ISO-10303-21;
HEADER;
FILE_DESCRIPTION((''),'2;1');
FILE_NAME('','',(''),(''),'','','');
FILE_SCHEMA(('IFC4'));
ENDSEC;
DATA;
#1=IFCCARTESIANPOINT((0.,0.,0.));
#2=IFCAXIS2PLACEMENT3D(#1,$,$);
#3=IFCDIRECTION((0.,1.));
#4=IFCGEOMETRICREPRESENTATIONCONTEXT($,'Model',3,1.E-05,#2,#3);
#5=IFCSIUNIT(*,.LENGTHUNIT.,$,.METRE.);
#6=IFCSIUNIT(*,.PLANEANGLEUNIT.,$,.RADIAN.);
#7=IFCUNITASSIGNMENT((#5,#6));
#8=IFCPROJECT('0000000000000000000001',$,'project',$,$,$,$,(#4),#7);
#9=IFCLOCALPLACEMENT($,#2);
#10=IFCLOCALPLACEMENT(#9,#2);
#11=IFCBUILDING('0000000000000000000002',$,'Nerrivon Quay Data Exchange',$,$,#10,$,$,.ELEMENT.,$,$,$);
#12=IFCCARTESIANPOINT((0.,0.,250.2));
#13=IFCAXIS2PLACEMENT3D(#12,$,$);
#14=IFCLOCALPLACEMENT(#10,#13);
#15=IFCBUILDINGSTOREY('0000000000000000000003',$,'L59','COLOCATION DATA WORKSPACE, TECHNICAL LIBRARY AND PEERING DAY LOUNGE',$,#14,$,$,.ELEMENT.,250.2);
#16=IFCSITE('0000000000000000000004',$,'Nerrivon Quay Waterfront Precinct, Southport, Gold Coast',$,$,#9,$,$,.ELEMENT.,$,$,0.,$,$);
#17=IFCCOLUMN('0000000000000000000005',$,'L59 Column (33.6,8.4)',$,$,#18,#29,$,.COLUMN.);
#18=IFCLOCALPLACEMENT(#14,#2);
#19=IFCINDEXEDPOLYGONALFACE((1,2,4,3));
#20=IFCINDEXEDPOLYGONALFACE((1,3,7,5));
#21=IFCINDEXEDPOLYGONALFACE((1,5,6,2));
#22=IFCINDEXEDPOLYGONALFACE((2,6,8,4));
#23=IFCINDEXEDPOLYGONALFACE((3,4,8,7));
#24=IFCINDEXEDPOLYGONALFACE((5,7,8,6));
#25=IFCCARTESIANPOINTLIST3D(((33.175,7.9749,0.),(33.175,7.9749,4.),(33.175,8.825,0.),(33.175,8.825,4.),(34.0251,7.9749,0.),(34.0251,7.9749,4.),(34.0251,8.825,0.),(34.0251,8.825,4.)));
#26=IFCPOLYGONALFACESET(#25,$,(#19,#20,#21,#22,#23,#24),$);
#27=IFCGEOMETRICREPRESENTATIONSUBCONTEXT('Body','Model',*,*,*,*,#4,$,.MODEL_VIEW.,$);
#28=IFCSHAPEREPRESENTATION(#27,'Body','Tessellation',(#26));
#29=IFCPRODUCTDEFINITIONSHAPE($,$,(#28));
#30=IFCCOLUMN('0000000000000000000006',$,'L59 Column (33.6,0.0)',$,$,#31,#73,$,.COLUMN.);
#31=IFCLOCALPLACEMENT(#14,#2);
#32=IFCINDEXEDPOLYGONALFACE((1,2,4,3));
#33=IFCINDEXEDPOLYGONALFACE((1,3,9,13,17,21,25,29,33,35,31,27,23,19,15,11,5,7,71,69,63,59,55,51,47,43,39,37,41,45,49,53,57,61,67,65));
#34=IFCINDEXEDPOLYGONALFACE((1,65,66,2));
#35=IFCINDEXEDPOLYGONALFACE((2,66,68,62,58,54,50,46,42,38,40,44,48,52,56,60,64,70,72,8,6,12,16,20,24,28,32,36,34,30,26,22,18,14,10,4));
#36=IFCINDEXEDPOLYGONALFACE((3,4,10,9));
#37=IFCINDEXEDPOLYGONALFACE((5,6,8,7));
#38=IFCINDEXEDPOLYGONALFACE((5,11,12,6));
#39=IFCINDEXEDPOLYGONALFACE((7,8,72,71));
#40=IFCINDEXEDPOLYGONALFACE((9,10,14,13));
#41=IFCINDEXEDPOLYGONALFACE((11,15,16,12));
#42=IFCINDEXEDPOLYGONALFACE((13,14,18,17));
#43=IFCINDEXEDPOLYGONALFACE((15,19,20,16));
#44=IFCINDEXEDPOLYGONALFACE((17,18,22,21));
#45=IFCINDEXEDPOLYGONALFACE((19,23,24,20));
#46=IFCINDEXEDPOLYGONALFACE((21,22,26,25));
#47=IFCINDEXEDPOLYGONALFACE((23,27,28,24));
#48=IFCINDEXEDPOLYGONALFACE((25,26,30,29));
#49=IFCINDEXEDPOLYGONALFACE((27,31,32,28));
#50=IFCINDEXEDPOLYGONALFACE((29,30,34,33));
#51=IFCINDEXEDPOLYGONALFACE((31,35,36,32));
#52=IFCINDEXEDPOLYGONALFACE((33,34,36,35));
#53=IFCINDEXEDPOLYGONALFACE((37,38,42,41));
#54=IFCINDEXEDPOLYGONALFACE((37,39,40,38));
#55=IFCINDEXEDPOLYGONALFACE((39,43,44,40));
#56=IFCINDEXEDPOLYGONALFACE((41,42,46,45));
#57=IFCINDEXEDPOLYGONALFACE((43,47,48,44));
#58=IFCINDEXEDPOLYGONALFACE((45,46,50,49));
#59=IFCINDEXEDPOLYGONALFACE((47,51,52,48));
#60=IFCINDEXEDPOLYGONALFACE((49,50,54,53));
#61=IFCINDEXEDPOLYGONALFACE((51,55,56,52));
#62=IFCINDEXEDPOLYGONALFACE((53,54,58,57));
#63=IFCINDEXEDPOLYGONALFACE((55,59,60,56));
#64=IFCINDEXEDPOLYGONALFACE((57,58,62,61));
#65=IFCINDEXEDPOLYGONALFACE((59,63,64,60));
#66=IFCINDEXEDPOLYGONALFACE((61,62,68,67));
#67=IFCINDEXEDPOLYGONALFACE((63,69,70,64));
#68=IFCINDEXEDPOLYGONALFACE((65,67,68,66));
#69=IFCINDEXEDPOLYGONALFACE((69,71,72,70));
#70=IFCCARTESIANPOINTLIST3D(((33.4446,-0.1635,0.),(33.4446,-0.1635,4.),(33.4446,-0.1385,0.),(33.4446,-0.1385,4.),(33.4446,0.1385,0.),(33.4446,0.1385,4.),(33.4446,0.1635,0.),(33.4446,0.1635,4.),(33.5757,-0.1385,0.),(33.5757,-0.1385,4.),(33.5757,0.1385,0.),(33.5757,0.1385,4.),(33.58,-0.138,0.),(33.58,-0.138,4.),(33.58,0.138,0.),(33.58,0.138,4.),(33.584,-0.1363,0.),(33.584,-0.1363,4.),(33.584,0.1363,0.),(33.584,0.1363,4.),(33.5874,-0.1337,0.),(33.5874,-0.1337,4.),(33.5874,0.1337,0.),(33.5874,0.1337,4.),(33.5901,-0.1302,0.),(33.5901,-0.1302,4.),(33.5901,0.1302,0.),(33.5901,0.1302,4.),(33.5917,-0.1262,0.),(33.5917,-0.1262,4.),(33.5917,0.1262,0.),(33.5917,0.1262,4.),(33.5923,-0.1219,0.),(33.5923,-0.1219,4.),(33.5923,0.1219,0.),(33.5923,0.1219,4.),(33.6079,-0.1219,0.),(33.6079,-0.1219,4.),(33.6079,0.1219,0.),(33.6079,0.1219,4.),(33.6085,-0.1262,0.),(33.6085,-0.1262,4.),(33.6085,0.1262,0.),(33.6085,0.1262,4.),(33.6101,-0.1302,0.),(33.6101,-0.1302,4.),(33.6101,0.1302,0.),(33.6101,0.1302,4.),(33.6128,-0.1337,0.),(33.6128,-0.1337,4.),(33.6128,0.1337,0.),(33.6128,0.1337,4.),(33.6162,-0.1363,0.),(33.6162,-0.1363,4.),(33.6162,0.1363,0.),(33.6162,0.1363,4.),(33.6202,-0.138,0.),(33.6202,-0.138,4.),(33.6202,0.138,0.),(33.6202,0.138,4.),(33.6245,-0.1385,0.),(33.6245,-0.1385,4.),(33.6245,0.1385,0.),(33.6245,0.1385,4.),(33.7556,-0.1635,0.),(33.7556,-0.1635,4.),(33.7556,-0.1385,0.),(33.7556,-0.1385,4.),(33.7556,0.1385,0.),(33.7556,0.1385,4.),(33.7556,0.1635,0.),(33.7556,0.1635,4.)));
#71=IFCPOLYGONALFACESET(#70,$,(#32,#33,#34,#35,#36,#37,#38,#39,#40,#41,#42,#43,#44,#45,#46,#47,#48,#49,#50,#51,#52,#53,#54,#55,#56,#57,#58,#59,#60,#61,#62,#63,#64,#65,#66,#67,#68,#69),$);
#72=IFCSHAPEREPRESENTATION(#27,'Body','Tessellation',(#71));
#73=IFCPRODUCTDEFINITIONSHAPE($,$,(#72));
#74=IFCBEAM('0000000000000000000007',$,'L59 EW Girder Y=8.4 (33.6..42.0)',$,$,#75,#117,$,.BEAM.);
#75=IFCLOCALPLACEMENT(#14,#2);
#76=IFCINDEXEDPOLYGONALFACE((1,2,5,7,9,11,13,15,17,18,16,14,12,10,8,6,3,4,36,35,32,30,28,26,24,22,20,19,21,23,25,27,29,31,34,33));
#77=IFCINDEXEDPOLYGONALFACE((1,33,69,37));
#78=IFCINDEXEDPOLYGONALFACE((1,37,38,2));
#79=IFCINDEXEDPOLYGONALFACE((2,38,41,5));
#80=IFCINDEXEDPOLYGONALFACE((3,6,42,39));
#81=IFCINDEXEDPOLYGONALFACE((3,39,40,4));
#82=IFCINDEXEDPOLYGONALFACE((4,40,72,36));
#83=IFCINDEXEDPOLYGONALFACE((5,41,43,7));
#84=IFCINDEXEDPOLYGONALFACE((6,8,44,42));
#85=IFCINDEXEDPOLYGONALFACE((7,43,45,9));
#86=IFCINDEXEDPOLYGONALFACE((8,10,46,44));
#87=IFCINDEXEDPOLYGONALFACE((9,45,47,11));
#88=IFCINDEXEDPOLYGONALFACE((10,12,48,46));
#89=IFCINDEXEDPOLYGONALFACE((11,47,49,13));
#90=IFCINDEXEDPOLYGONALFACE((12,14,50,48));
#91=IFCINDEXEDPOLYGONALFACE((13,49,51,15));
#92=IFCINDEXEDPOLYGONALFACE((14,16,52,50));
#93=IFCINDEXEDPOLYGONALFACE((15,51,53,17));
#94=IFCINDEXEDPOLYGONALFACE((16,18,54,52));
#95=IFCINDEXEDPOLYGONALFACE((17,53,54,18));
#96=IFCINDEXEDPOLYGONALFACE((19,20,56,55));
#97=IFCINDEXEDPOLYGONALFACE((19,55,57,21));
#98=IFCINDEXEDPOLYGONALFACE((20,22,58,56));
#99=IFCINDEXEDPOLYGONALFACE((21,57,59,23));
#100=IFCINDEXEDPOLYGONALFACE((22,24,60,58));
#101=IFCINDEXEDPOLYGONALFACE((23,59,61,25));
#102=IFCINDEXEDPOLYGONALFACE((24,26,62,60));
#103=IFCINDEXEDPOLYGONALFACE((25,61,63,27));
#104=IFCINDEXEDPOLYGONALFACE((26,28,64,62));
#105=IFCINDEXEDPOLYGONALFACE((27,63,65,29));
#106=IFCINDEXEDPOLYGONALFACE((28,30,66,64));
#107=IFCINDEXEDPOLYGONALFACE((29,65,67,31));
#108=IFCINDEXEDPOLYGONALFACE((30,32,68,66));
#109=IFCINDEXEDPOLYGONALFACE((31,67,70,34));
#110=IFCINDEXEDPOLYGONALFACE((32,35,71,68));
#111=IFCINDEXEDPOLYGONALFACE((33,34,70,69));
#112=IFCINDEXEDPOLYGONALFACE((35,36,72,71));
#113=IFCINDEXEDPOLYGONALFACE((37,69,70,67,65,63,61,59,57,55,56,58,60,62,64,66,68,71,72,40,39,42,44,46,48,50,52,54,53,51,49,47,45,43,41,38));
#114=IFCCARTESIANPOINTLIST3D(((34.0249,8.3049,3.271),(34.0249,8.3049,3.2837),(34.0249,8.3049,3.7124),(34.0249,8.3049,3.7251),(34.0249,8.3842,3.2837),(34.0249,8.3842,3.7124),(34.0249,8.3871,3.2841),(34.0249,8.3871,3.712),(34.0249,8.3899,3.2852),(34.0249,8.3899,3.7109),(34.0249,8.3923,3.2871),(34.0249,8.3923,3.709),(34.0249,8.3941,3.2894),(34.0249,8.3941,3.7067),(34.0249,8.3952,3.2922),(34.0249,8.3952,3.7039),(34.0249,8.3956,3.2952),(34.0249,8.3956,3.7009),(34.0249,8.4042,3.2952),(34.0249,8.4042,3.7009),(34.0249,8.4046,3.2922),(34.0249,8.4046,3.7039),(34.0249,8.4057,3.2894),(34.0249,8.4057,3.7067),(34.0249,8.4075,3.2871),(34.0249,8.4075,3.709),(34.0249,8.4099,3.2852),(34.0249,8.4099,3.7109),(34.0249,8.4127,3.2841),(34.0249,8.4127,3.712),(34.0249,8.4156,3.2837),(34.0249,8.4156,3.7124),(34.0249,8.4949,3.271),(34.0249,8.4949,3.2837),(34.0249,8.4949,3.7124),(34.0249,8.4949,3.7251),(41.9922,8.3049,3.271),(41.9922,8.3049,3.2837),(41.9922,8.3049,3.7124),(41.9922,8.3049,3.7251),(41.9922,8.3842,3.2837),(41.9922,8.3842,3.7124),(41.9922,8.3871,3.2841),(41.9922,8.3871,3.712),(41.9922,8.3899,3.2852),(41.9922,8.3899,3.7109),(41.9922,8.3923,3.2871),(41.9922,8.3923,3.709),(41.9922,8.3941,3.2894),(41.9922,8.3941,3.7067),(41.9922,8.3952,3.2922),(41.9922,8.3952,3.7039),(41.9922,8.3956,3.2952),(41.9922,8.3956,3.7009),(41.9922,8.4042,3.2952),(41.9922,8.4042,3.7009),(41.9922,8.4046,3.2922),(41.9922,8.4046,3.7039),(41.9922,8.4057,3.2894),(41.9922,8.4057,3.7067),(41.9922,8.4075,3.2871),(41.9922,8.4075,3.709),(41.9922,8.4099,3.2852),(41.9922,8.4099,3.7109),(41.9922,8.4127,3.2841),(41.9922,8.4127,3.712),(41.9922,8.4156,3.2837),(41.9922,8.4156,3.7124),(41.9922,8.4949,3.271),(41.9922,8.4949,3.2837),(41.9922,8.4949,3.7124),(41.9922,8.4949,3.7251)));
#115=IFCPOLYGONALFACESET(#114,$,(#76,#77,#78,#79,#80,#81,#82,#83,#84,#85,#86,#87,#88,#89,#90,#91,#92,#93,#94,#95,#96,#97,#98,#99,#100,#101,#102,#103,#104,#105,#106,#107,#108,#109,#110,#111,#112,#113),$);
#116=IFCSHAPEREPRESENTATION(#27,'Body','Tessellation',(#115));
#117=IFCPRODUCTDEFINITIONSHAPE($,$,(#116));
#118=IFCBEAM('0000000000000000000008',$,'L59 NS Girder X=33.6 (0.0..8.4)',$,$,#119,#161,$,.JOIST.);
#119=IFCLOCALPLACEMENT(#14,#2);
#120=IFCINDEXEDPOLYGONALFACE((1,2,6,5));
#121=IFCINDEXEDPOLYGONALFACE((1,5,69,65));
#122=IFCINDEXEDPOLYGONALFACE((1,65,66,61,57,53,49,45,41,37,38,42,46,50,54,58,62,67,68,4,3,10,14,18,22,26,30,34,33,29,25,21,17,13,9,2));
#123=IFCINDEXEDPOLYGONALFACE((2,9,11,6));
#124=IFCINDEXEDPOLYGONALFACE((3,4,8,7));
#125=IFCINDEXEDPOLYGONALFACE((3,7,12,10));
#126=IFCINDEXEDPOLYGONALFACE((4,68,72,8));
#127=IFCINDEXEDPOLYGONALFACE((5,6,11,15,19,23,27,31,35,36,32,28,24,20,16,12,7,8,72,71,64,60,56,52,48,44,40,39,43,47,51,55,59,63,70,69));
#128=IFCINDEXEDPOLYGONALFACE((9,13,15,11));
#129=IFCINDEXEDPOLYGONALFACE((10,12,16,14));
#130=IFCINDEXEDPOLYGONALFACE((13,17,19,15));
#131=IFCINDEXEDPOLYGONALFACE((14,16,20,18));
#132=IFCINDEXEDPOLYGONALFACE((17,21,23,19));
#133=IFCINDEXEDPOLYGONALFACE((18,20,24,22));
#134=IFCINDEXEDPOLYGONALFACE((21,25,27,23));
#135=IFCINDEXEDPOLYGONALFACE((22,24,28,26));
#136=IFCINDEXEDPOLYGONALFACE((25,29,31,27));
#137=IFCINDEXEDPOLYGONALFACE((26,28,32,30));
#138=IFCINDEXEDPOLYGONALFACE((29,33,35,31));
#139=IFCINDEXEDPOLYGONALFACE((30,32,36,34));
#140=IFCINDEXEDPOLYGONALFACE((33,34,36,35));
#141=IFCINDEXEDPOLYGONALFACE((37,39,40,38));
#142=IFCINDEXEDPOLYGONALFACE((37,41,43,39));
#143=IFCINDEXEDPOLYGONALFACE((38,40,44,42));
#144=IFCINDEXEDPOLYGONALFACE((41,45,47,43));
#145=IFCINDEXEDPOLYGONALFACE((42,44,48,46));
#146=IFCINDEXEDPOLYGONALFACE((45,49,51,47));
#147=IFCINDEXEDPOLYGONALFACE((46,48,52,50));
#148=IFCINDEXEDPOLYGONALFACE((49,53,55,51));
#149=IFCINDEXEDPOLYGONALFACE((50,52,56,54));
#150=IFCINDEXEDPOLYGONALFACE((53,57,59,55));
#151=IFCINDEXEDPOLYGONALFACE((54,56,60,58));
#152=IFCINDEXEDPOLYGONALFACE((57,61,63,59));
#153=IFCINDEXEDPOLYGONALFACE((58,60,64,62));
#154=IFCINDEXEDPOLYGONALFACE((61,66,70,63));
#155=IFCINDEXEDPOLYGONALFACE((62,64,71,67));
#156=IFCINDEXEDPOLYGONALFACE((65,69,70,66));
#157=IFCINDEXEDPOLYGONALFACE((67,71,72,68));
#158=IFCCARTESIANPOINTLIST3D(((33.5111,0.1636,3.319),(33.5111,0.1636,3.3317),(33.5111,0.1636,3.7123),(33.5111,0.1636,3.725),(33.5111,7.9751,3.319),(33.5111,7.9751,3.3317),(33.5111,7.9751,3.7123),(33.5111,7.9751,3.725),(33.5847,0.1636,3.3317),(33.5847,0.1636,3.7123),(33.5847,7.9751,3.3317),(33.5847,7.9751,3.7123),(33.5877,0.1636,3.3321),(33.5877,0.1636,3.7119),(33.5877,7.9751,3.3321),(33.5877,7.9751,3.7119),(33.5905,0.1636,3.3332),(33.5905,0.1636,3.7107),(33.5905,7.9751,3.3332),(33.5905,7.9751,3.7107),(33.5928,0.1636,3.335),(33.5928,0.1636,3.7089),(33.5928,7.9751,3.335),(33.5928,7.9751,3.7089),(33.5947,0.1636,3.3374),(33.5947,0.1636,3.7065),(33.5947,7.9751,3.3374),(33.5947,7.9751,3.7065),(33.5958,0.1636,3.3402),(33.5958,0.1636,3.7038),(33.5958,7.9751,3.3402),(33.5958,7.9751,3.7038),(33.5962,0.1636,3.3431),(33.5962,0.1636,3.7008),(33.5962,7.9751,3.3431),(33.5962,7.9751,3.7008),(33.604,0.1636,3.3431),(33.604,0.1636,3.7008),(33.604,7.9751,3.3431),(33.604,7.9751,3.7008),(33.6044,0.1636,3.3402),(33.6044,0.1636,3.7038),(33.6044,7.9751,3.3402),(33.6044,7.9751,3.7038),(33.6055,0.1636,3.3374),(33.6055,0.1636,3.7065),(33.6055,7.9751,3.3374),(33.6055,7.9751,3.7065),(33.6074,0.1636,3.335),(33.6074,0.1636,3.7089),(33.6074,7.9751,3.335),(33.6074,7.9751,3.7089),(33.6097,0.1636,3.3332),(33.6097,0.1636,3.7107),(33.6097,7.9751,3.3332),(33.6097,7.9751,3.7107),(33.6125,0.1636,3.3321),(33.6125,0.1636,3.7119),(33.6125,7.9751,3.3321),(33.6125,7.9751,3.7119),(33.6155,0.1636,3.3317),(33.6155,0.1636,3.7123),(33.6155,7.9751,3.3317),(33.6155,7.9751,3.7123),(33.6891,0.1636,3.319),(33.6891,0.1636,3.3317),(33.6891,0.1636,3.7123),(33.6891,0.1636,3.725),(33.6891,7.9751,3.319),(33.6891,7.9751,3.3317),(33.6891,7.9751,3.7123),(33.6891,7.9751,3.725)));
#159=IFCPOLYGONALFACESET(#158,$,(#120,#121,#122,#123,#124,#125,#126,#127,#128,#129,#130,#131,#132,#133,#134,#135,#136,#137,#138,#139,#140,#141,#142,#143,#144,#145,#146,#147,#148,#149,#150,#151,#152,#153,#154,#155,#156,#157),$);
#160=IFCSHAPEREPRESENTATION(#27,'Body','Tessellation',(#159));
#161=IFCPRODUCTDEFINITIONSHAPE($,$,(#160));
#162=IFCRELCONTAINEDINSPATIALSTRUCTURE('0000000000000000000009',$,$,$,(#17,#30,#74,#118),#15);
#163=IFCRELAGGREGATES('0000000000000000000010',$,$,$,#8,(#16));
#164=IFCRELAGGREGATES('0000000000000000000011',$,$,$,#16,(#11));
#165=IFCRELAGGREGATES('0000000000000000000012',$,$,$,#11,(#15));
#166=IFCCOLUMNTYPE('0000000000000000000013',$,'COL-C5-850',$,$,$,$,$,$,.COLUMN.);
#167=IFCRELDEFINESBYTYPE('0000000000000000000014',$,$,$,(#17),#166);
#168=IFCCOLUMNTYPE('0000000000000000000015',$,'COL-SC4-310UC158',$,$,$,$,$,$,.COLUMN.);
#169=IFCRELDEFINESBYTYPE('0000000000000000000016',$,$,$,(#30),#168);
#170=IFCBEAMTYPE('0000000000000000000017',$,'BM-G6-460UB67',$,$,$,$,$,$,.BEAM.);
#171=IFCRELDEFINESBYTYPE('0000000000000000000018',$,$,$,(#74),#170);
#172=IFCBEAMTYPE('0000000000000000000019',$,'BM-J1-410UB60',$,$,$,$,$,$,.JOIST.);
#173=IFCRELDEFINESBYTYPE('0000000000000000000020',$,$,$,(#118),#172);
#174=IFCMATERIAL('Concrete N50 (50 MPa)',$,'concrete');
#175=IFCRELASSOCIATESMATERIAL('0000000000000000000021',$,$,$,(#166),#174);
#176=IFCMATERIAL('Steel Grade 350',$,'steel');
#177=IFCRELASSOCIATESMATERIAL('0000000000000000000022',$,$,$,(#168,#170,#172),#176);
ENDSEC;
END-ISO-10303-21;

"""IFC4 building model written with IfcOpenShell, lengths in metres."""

from ifc_helpers import new_model, si_unit, direction, frame, origin, origin_2d, place, context, subcontext, project, spatial, rectangle, i_section, extrude, material, material_profile, profile_set, type_object, element, save


model = new_model("IFC4")

# Units and contexts
model_context = context("Model", 3, precision=1e-05, world=origin(), true_north=direction((0.0, 1.0)))
body_context = subcontext(model_context, "Body", "Model", "MODEL_VIEW")
ifc_project = project(units=[si_unit("LENGTHUNIT", "METRE"), si_unit("PLANEANGLEUNIT", "RADIAN")], contexts=[model_context])

# Site, building, storey
site_placement = place(None, origin())
site = spatial("IfcSite", under=ifc_project, at=site_placement, Name="Nerrivon Quay Waterfront Precinct, Southport, Gold Coast", CompositionType="ELEMENT", RefElevation=0.0)
building_placement = place(site_placement, origin())
building = spatial("IfcBuilding", under=site, at=building_placement, Name="Nerrivon Quay Data Exchange", CompositionType="ELEMENT")
storey_placement = place(building_placement, frame((0.0, 0.0, 250.2)))
storey = spatial("IfcBuildingStorey", under=building, at=storey_placement, Name="L59", Description="COLOCATION DATA WORKSPACE, TECHNICAL LIBRARY AND PEERING DAY LOUNGE", CompositionType="ELEMENT", Elevation=250.2)

# Columns
ifc_material_1 = material(Name="Concrete N50 (50 MPa)", Category="concrete")
ifc_material_profile_1 = material_profile(ifc_material_1, rectangle(XDim=0.8501, YDim=0.8501, at=origin_2d()), Name="RC-COL-850x850")
ifc_profile_set_1 = profile_set([ifc_material_profile_1], Name="Concrete N50 (50 MPa)")
column_type_1 = type_object("IfcColumnType", Name="COL-C5-850", PredefinedType="COLUMN", material=ifc_profile_set_1)
column_1_placement = place(storey_placement, frame((33.6001, 8.3999, 0.0), z_axis=(0.0, 0.0, 1.0), x_axis=(1.0, 0.0, 0.0)))
element("IfcColumn", 1, at=column_1_placement, inside=storey, type_object=column_type_1, Name="L59 Column (33.6,8.4)", PredefinedType="COLUMN", context=body_context, shape_type="SweptSolid", body=[
    extrude(rectangle(XDim=0.8501, YDim=0.8501, at=origin_2d()), origin(), (0.0, 0.0, 1.0), 4.0),
])
ifc_material_2 = material(Name="Steel Grade 350", Category="steel")
ifc_material_profile_2 = material_profile(ifc_material_2, i_section(OverallWidth=0.311, OverallDepth=0.3269, WebThickness=0.0156, FlangeThickness=0.0249, FilletRadius=0.0166, at=origin_2d()), Name="310UC158")
ifc_profile_set_2 = profile_set([ifc_material_profile_2], Name="Steel Grade 350")
column_type_2 = type_object("IfcColumnType", Name="COL-SC4-310UC158", PredefinedType="COLUMN", material=ifc_profile_set_2)
column_2_placement = place(storey_placement, frame((33.6001, 0.0, 0.0), z_axis=(0.0, 0.0, 1.0), x_axis=(1.0, 0.0, 0.0)))
element("IfcColumn", 2, at=column_2_placement, inside=storey, type_object=column_type_2, Name="L59 Column (33.6,0.0)", PredefinedType="COLUMN", context=body_context, shape_type="SweptSolid", body=[
    extrude(i_section(OverallWidth=0.311, OverallDepth=0.3269, WebThickness=0.0156, FlangeThickness=0.0249, FilletRadius=0.0166, at=origin_2d()), origin(), (0.0, 0.0, 1.0), 4.0),
])

# Beams
ifc_material_profile_3 = material_profile(ifc_material_2, i_section(OverallWidth=0.1899, OverallDepth=0.4541, WebThickness=0.0085, FlangeThickness=0.0127, FilletRadius=0.0115, at=origin_2d()), Name="460UB67.1")
ifc_profile_set_3 = profile_set([ifc_material_profile_3], Name="Steel Grade 350")
beam_type_1 = type_object("IfcBeamType", Name="BM-G6-460UB67", PredefinedType="BEAM", material=ifc_profile_set_3)
beam_1_placement = place(storey_placement, frame((34.0249, 8.3999, 3.498), z_axis=(1.0, 0.0, 0.0), x_axis=(0.0, 1.0, 0.0)))
element("IfcBeam", 3, at=beam_1_placement, inside=storey, type_object=beam_type_1, Name="L59 EW Girder Y=8.4 (33.6..42.0)", PredefinedType="BEAM", context=body_context, shape_type="SweptSolid", body=[
    extrude(i_section(OverallWidth=0.1899, OverallDepth=0.4541, WebThickness=0.0085, FlangeThickness=0.0127, FilletRadius=0.0115, at=origin_2d()), origin(), (0.0, 0.0, 1.0), 7.9673),
])
ifc_material_profile_4 = material_profile(ifc_material_2, i_section(OverallWidth=0.178, OverallDepth=0.406, WebThickness=0.0078, FlangeThickness=0.0127, FilletRadius=0.0115, at=origin_2d()), Name="410UB59.7")
ifc_profile_set_4 = profile_set([ifc_material_profile_4], Name="Steel Grade 350")
beam_type_2 = type_object("IfcBeamType", Name="BM-J1-410UB60", PredefinedType="JOIST", material=ifc_profile_set_4)
beam_2_placement = place(storey_placement, frame((33.6001, 0.1636, 3.522), z_axis=(0.0, 1.0, 0.0), x_axis=(-1.0, 0.0, 0.0)))
element("IfcBeam", 4, at=beam_2_placement, inside=storey, type_object=beam_type_2, Name="L59 NS Girder X=33.6 (0.0..8.4)", PredefinedType="JOIST", context=body_context, shape_type="SweptSolid", body=[
    extrude(i_section(OverallWidth=0.178, OverallDepth=0.406, WebThickness=0.0078, FlangeThickness=0.0127, FilletRadius=0.0115, at=origin_2d()), origin(), (0.0, 0.0, 1.0), 7.8115),
])

save(model, "model.ifc")
